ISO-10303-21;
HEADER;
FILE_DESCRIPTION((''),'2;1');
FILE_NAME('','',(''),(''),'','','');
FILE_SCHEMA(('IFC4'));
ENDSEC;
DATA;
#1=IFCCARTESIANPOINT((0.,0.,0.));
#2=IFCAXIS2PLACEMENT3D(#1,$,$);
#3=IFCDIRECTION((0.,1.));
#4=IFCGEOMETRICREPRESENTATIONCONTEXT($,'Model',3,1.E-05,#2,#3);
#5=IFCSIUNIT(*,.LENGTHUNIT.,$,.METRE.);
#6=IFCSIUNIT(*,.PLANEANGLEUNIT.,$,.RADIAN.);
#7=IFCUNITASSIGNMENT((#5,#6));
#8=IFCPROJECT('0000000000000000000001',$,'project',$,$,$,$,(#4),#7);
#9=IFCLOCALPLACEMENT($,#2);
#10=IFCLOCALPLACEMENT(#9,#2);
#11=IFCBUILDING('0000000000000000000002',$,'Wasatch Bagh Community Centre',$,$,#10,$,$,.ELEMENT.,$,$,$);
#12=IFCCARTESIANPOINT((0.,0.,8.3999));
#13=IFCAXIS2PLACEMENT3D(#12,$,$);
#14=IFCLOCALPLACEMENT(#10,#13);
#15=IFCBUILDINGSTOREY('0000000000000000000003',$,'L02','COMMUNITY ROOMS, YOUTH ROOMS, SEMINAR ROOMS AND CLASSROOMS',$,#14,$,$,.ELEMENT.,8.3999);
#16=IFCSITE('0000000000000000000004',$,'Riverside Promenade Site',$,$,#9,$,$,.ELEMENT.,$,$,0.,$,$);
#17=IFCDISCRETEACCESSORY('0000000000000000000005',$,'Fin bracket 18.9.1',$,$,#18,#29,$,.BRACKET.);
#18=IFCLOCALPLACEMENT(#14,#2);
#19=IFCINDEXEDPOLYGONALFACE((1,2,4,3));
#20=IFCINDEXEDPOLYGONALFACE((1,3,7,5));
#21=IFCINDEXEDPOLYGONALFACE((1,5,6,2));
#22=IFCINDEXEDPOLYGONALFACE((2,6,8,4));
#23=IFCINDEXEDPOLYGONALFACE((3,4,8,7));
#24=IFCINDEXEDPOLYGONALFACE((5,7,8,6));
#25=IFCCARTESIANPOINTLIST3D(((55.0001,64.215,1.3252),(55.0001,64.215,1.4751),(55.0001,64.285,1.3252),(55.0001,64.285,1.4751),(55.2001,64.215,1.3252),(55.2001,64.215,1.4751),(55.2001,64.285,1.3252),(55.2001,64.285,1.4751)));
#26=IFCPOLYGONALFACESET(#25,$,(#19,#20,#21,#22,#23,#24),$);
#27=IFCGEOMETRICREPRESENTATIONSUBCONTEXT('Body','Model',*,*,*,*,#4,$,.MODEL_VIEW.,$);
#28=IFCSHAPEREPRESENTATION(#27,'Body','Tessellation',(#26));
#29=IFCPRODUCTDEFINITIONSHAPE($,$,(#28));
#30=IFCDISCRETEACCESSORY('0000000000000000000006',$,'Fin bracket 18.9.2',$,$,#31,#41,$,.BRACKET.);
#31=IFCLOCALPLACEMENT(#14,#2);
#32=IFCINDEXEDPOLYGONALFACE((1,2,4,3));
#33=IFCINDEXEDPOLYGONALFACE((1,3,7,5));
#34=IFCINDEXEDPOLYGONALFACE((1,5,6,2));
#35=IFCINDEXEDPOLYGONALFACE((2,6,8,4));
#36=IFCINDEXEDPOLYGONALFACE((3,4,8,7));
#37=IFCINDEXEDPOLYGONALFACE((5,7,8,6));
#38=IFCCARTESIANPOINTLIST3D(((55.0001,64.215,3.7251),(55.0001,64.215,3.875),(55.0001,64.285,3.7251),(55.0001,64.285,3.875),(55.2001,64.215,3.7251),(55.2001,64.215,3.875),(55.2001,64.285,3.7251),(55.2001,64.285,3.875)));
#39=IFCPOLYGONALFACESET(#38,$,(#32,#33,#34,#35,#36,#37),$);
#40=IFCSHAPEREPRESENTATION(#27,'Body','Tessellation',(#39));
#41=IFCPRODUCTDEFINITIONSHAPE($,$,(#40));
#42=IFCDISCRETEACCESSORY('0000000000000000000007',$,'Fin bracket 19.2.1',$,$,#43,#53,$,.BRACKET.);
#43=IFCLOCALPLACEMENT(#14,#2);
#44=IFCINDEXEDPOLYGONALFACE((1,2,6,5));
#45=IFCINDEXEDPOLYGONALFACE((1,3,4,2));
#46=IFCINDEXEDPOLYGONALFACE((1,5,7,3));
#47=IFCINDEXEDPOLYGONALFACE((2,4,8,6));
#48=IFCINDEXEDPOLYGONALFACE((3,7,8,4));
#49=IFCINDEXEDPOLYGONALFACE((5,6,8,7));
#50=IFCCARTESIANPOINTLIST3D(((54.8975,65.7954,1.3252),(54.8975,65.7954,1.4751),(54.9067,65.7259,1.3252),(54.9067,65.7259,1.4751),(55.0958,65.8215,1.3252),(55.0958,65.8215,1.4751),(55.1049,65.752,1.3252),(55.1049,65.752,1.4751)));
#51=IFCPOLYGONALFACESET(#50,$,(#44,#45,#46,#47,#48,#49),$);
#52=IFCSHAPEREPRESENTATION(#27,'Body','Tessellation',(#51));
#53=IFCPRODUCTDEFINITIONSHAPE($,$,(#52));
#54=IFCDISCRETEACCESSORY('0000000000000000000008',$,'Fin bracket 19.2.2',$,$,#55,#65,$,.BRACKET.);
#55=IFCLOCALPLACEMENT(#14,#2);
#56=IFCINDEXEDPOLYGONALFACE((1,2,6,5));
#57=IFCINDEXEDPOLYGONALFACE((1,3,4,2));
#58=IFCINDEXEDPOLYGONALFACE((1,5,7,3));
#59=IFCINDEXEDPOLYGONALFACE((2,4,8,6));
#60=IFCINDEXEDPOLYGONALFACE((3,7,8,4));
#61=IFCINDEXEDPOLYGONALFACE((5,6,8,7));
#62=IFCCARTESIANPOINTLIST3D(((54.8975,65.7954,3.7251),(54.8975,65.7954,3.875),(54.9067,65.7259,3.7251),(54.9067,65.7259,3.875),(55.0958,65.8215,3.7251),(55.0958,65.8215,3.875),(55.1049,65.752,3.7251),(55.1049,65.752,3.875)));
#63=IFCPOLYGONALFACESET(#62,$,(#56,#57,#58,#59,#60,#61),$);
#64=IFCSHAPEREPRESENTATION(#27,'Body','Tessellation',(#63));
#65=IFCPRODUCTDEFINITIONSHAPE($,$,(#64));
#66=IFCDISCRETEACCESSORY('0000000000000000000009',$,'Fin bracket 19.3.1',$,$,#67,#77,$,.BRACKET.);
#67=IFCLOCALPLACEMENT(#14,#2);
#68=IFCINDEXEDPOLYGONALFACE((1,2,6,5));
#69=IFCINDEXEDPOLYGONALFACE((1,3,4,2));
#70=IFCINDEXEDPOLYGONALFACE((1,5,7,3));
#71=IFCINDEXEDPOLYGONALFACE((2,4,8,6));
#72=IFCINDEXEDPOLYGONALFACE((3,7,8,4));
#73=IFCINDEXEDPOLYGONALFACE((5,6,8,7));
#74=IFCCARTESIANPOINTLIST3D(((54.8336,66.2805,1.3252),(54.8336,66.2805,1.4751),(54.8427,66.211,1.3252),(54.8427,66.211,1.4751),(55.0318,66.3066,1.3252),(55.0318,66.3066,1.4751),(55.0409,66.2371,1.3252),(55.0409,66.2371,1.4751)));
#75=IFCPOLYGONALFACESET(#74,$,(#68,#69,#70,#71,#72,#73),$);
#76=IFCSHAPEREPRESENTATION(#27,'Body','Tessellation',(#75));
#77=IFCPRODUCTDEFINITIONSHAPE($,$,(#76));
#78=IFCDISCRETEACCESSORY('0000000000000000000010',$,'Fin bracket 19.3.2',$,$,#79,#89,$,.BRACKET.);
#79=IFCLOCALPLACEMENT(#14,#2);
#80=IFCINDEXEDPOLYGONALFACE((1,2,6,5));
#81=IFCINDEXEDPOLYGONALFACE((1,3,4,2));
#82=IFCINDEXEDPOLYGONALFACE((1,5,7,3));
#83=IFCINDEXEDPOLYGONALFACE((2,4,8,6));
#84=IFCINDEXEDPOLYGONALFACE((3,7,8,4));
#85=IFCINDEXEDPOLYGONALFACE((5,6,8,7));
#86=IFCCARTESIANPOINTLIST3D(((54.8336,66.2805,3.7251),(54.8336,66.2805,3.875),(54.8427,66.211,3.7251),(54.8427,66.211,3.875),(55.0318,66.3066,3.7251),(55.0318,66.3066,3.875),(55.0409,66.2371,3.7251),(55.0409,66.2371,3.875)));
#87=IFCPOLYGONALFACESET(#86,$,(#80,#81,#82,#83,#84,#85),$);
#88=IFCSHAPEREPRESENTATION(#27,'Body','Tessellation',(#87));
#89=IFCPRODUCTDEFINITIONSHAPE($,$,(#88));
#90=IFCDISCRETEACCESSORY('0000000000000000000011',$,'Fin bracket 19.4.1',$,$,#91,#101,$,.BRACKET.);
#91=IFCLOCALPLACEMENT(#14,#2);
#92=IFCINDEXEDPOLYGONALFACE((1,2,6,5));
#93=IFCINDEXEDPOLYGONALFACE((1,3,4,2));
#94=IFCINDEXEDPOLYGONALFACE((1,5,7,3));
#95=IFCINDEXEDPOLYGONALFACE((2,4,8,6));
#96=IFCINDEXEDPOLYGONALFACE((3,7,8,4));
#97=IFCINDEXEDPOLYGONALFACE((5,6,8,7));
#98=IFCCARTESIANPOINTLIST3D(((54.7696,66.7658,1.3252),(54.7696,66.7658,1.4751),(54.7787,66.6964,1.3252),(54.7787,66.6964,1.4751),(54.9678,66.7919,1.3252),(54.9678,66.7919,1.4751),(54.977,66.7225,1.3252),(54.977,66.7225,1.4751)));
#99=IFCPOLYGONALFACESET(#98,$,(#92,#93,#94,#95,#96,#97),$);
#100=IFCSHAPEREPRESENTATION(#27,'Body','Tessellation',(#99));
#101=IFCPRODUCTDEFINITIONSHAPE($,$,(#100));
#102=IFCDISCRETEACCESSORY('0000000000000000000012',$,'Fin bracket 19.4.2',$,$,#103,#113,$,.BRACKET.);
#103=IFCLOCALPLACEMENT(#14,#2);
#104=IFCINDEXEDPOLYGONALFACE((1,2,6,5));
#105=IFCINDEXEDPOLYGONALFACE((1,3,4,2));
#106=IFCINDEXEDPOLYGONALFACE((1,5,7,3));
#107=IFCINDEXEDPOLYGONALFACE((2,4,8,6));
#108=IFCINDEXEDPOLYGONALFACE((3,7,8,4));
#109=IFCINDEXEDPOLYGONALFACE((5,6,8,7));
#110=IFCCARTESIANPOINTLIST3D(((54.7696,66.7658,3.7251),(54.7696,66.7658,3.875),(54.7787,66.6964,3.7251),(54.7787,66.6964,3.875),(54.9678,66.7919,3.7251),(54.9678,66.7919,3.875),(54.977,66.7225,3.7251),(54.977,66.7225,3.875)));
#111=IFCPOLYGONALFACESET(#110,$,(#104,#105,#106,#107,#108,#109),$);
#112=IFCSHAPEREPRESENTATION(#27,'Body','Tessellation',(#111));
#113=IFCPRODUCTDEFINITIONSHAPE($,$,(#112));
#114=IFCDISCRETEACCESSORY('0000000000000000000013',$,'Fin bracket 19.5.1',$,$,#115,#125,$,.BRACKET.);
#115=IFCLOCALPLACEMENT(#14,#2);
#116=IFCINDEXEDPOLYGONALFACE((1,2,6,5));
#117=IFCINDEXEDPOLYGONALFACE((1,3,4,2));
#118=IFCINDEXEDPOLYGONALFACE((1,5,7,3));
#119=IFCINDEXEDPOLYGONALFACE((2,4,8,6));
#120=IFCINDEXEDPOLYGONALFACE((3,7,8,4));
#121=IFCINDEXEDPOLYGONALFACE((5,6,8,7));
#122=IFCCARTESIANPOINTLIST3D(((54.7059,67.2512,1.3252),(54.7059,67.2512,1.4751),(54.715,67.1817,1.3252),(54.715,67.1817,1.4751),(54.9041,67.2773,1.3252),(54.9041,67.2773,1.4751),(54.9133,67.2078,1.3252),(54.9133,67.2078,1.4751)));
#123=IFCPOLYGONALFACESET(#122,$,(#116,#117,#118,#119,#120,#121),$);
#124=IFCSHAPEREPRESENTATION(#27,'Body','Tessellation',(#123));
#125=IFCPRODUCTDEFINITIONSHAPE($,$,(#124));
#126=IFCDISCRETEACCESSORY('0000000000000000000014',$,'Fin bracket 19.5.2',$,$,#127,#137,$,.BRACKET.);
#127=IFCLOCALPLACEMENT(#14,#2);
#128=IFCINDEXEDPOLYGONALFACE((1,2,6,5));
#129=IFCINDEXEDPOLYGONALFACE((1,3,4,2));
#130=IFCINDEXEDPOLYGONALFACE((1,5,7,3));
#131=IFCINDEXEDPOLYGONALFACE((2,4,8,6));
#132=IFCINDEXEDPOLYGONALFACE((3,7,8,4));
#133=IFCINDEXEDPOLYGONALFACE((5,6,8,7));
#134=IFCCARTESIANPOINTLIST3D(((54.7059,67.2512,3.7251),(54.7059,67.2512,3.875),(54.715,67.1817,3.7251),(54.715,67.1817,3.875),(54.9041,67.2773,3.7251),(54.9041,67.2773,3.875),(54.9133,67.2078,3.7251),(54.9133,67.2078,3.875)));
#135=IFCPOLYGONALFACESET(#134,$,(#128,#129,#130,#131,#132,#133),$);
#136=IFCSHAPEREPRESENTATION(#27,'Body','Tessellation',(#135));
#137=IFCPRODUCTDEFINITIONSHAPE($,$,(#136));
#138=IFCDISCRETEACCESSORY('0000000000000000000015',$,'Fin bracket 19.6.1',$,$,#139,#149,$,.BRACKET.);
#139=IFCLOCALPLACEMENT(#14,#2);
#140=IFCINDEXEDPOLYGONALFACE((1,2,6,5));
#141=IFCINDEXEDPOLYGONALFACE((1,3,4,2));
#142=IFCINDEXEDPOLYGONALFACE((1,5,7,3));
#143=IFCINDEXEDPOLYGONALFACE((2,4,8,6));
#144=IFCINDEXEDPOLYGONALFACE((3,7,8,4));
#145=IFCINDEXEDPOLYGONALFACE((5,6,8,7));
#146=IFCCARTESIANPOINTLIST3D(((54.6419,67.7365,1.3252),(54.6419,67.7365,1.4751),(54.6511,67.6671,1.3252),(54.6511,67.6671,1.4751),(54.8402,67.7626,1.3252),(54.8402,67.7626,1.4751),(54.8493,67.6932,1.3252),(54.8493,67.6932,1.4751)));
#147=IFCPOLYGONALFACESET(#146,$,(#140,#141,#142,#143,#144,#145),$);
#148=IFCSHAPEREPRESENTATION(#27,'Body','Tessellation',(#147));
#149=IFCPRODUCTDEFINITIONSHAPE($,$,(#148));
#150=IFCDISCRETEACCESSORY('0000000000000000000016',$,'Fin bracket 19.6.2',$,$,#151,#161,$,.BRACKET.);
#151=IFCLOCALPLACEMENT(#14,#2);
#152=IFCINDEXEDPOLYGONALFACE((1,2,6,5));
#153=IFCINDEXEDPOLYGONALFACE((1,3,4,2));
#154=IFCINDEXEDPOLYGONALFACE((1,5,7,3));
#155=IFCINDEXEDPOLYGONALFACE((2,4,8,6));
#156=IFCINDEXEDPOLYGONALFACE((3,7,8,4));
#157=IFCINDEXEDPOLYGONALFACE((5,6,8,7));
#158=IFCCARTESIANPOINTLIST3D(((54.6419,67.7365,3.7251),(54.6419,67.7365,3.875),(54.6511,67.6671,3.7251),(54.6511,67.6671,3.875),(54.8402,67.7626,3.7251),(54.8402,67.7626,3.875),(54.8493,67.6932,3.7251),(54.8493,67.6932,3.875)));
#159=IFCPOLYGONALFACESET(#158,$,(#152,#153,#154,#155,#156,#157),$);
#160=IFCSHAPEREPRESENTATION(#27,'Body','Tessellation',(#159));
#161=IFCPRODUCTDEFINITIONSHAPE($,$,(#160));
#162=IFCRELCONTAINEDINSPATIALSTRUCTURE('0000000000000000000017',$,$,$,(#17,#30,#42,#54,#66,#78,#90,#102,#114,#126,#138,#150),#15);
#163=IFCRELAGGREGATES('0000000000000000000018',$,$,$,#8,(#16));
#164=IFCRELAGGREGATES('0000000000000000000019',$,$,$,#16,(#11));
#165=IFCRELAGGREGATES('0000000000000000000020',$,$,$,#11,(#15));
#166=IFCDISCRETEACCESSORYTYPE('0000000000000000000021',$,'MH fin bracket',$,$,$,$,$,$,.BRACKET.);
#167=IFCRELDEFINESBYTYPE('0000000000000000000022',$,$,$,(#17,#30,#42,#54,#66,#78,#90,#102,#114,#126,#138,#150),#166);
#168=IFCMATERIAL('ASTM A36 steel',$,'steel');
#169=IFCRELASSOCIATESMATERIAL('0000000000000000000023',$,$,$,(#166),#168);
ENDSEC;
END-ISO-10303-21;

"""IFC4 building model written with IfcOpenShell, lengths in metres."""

from ifc_helpers import new_model, si_unit, direction, frame, origin, origin_2d, place, context, subcontext, project, spatial, rectangle, extrude, material, type_object, element, save


model = new_model("IFC4")

# Units and contexts
model_context = context("Model", 3, precision=1e-05, world=origin(), true_north=direction((0.0, 1.0)))
body_context = subcontext(model_context, "Body", "Model", "MODEL_VIEW")
ifc_project = project(units=[si_unit("LENGTHUNIT", "METRE"), si_unit("PLANEANGLEUNIT", "RADIAN")], contexts=[model_context])

# Site, building, storey
site_placement = place(None, origin())
site = spatial("IfcSite", under=ifc_project, at=site_placement, Name="Riverside Promenade Site", CompositionType="ELEMENT", RefElevation=0.0)
building_placement = place(site_placement, origin())
building = spatial("IfcBuilding", under=site, at=building_placement, Name="Wasatch Bagh Community Centre", CompositionType="ELEMENT")
storey_placement = place(building_placement, frame((0.0, 0.0, 8.3999)))
storey = spatial("IfcBuildingStorey", under=building, at=storey_placement, Name="L02", Description="COMMUNITY ROOMS, YOUTH ROOMS, SEMINAR ROOMS AND CLASSROOMS", CompositionType="ELEMENT", Elevation=8.3999)

# Discrete accessories
ifc_material_1 = material(Name="ASTM A36 steel", Category="steel")
discrete_accessory_type = type_object("IfcDiscreteAccessoryType", Name="MH fin bracket", PredefinedType="BRACKET", material=ifc_material_1)
for number, where, z_axis, x_axis, name in (
    (1, (55.1001, 64.25, 1.3252), (0.0, 0.0, 1.0), (0.0, 1.0, 0.0), "Fin bracket 18.9.1"),
    (2, (55.1001, 64.25, 3.7251), (0.0, 0.0, 1.0), (0.0, 1.0, 0.0), "Fin bracket 18.9.2"),
    (3, (55.0012, 65.7737, 1.3252), (0.0, 0.0, 1.0), (-0.130526, 0.991445, 0.0), "Fin bracket 19.2.1"),
    (4, (55.0012, 65.7737, 3.7251), (0.0, 0.0, 1.0), (-0.130526, 0.991445, 0.0), "Fin bracket 19.2.2"),
    (5, (54.9373, 66.2588, 1.3252), (0.0, 0.0, 1.0), (-0.130526, 0.991445, 0.0), "Fin bracket 19.3.1"),
    (6, (54.9373, 66.2588, 3.7251), (0.0, 0.0, 1.0), (-0.130526, 0.991445, 0.0), "Fin bracket 19.3.2"),
    (7, (54.8733, 66.7441, 1.3252), (0.0, 0.0, 1.0), (-0.130526, 0.991445, 0.0), "Fin bracket 19.4.1"),
    (8, (54.8733, 66.7441, 3.7251), (0.0, 0.0, 1.0), (-0.130526, 0.991445, 0.0), "Fin bracket 19.4.2"),
    (9, (54.8096, 67.2295, 1.3252), (0.0, 0.0, 1.0), (-0.130526, 0.991445, 0.0), "Fin bracket 19.5.1"),
    (10, (54.8096, 67.2295, 3.7251), (0.0, 0.0, 1.0), (-0.130526, 0.991445, 0.0), "Fin bracket 19.5.2"),
    (11, (54.7456, 67.7148, 1.3252), (0.0, 0.0, 1.0), (-0.130526, 0.991445, 0.0), "Fin bracket 19.6.1"),
    (12, (54.7456, 67.7148, 3.7251), (0.0, 0.0, 1.0), (-0.130526, 0.991445, 0.0), "Fin bracket 19.6.2"),
):
    element("IfcDiscreteAccessory", number, at=place(storey_placement, frame(where, z_axis=z_axis, x_axis=x_axis)), inside=storey, type_object=discrete_accessory_type, Name=name, PredefinedType="BRACKET", context=body_context, shape_type="SweptSolid", body=[
        extrude(rectangle(XDim=0.0701, YDim=0.2, at=origin_2d()), origin(), (0.0, 0.0, 1.0), 0.1499),
    ])

save(model, "model.ifc")
